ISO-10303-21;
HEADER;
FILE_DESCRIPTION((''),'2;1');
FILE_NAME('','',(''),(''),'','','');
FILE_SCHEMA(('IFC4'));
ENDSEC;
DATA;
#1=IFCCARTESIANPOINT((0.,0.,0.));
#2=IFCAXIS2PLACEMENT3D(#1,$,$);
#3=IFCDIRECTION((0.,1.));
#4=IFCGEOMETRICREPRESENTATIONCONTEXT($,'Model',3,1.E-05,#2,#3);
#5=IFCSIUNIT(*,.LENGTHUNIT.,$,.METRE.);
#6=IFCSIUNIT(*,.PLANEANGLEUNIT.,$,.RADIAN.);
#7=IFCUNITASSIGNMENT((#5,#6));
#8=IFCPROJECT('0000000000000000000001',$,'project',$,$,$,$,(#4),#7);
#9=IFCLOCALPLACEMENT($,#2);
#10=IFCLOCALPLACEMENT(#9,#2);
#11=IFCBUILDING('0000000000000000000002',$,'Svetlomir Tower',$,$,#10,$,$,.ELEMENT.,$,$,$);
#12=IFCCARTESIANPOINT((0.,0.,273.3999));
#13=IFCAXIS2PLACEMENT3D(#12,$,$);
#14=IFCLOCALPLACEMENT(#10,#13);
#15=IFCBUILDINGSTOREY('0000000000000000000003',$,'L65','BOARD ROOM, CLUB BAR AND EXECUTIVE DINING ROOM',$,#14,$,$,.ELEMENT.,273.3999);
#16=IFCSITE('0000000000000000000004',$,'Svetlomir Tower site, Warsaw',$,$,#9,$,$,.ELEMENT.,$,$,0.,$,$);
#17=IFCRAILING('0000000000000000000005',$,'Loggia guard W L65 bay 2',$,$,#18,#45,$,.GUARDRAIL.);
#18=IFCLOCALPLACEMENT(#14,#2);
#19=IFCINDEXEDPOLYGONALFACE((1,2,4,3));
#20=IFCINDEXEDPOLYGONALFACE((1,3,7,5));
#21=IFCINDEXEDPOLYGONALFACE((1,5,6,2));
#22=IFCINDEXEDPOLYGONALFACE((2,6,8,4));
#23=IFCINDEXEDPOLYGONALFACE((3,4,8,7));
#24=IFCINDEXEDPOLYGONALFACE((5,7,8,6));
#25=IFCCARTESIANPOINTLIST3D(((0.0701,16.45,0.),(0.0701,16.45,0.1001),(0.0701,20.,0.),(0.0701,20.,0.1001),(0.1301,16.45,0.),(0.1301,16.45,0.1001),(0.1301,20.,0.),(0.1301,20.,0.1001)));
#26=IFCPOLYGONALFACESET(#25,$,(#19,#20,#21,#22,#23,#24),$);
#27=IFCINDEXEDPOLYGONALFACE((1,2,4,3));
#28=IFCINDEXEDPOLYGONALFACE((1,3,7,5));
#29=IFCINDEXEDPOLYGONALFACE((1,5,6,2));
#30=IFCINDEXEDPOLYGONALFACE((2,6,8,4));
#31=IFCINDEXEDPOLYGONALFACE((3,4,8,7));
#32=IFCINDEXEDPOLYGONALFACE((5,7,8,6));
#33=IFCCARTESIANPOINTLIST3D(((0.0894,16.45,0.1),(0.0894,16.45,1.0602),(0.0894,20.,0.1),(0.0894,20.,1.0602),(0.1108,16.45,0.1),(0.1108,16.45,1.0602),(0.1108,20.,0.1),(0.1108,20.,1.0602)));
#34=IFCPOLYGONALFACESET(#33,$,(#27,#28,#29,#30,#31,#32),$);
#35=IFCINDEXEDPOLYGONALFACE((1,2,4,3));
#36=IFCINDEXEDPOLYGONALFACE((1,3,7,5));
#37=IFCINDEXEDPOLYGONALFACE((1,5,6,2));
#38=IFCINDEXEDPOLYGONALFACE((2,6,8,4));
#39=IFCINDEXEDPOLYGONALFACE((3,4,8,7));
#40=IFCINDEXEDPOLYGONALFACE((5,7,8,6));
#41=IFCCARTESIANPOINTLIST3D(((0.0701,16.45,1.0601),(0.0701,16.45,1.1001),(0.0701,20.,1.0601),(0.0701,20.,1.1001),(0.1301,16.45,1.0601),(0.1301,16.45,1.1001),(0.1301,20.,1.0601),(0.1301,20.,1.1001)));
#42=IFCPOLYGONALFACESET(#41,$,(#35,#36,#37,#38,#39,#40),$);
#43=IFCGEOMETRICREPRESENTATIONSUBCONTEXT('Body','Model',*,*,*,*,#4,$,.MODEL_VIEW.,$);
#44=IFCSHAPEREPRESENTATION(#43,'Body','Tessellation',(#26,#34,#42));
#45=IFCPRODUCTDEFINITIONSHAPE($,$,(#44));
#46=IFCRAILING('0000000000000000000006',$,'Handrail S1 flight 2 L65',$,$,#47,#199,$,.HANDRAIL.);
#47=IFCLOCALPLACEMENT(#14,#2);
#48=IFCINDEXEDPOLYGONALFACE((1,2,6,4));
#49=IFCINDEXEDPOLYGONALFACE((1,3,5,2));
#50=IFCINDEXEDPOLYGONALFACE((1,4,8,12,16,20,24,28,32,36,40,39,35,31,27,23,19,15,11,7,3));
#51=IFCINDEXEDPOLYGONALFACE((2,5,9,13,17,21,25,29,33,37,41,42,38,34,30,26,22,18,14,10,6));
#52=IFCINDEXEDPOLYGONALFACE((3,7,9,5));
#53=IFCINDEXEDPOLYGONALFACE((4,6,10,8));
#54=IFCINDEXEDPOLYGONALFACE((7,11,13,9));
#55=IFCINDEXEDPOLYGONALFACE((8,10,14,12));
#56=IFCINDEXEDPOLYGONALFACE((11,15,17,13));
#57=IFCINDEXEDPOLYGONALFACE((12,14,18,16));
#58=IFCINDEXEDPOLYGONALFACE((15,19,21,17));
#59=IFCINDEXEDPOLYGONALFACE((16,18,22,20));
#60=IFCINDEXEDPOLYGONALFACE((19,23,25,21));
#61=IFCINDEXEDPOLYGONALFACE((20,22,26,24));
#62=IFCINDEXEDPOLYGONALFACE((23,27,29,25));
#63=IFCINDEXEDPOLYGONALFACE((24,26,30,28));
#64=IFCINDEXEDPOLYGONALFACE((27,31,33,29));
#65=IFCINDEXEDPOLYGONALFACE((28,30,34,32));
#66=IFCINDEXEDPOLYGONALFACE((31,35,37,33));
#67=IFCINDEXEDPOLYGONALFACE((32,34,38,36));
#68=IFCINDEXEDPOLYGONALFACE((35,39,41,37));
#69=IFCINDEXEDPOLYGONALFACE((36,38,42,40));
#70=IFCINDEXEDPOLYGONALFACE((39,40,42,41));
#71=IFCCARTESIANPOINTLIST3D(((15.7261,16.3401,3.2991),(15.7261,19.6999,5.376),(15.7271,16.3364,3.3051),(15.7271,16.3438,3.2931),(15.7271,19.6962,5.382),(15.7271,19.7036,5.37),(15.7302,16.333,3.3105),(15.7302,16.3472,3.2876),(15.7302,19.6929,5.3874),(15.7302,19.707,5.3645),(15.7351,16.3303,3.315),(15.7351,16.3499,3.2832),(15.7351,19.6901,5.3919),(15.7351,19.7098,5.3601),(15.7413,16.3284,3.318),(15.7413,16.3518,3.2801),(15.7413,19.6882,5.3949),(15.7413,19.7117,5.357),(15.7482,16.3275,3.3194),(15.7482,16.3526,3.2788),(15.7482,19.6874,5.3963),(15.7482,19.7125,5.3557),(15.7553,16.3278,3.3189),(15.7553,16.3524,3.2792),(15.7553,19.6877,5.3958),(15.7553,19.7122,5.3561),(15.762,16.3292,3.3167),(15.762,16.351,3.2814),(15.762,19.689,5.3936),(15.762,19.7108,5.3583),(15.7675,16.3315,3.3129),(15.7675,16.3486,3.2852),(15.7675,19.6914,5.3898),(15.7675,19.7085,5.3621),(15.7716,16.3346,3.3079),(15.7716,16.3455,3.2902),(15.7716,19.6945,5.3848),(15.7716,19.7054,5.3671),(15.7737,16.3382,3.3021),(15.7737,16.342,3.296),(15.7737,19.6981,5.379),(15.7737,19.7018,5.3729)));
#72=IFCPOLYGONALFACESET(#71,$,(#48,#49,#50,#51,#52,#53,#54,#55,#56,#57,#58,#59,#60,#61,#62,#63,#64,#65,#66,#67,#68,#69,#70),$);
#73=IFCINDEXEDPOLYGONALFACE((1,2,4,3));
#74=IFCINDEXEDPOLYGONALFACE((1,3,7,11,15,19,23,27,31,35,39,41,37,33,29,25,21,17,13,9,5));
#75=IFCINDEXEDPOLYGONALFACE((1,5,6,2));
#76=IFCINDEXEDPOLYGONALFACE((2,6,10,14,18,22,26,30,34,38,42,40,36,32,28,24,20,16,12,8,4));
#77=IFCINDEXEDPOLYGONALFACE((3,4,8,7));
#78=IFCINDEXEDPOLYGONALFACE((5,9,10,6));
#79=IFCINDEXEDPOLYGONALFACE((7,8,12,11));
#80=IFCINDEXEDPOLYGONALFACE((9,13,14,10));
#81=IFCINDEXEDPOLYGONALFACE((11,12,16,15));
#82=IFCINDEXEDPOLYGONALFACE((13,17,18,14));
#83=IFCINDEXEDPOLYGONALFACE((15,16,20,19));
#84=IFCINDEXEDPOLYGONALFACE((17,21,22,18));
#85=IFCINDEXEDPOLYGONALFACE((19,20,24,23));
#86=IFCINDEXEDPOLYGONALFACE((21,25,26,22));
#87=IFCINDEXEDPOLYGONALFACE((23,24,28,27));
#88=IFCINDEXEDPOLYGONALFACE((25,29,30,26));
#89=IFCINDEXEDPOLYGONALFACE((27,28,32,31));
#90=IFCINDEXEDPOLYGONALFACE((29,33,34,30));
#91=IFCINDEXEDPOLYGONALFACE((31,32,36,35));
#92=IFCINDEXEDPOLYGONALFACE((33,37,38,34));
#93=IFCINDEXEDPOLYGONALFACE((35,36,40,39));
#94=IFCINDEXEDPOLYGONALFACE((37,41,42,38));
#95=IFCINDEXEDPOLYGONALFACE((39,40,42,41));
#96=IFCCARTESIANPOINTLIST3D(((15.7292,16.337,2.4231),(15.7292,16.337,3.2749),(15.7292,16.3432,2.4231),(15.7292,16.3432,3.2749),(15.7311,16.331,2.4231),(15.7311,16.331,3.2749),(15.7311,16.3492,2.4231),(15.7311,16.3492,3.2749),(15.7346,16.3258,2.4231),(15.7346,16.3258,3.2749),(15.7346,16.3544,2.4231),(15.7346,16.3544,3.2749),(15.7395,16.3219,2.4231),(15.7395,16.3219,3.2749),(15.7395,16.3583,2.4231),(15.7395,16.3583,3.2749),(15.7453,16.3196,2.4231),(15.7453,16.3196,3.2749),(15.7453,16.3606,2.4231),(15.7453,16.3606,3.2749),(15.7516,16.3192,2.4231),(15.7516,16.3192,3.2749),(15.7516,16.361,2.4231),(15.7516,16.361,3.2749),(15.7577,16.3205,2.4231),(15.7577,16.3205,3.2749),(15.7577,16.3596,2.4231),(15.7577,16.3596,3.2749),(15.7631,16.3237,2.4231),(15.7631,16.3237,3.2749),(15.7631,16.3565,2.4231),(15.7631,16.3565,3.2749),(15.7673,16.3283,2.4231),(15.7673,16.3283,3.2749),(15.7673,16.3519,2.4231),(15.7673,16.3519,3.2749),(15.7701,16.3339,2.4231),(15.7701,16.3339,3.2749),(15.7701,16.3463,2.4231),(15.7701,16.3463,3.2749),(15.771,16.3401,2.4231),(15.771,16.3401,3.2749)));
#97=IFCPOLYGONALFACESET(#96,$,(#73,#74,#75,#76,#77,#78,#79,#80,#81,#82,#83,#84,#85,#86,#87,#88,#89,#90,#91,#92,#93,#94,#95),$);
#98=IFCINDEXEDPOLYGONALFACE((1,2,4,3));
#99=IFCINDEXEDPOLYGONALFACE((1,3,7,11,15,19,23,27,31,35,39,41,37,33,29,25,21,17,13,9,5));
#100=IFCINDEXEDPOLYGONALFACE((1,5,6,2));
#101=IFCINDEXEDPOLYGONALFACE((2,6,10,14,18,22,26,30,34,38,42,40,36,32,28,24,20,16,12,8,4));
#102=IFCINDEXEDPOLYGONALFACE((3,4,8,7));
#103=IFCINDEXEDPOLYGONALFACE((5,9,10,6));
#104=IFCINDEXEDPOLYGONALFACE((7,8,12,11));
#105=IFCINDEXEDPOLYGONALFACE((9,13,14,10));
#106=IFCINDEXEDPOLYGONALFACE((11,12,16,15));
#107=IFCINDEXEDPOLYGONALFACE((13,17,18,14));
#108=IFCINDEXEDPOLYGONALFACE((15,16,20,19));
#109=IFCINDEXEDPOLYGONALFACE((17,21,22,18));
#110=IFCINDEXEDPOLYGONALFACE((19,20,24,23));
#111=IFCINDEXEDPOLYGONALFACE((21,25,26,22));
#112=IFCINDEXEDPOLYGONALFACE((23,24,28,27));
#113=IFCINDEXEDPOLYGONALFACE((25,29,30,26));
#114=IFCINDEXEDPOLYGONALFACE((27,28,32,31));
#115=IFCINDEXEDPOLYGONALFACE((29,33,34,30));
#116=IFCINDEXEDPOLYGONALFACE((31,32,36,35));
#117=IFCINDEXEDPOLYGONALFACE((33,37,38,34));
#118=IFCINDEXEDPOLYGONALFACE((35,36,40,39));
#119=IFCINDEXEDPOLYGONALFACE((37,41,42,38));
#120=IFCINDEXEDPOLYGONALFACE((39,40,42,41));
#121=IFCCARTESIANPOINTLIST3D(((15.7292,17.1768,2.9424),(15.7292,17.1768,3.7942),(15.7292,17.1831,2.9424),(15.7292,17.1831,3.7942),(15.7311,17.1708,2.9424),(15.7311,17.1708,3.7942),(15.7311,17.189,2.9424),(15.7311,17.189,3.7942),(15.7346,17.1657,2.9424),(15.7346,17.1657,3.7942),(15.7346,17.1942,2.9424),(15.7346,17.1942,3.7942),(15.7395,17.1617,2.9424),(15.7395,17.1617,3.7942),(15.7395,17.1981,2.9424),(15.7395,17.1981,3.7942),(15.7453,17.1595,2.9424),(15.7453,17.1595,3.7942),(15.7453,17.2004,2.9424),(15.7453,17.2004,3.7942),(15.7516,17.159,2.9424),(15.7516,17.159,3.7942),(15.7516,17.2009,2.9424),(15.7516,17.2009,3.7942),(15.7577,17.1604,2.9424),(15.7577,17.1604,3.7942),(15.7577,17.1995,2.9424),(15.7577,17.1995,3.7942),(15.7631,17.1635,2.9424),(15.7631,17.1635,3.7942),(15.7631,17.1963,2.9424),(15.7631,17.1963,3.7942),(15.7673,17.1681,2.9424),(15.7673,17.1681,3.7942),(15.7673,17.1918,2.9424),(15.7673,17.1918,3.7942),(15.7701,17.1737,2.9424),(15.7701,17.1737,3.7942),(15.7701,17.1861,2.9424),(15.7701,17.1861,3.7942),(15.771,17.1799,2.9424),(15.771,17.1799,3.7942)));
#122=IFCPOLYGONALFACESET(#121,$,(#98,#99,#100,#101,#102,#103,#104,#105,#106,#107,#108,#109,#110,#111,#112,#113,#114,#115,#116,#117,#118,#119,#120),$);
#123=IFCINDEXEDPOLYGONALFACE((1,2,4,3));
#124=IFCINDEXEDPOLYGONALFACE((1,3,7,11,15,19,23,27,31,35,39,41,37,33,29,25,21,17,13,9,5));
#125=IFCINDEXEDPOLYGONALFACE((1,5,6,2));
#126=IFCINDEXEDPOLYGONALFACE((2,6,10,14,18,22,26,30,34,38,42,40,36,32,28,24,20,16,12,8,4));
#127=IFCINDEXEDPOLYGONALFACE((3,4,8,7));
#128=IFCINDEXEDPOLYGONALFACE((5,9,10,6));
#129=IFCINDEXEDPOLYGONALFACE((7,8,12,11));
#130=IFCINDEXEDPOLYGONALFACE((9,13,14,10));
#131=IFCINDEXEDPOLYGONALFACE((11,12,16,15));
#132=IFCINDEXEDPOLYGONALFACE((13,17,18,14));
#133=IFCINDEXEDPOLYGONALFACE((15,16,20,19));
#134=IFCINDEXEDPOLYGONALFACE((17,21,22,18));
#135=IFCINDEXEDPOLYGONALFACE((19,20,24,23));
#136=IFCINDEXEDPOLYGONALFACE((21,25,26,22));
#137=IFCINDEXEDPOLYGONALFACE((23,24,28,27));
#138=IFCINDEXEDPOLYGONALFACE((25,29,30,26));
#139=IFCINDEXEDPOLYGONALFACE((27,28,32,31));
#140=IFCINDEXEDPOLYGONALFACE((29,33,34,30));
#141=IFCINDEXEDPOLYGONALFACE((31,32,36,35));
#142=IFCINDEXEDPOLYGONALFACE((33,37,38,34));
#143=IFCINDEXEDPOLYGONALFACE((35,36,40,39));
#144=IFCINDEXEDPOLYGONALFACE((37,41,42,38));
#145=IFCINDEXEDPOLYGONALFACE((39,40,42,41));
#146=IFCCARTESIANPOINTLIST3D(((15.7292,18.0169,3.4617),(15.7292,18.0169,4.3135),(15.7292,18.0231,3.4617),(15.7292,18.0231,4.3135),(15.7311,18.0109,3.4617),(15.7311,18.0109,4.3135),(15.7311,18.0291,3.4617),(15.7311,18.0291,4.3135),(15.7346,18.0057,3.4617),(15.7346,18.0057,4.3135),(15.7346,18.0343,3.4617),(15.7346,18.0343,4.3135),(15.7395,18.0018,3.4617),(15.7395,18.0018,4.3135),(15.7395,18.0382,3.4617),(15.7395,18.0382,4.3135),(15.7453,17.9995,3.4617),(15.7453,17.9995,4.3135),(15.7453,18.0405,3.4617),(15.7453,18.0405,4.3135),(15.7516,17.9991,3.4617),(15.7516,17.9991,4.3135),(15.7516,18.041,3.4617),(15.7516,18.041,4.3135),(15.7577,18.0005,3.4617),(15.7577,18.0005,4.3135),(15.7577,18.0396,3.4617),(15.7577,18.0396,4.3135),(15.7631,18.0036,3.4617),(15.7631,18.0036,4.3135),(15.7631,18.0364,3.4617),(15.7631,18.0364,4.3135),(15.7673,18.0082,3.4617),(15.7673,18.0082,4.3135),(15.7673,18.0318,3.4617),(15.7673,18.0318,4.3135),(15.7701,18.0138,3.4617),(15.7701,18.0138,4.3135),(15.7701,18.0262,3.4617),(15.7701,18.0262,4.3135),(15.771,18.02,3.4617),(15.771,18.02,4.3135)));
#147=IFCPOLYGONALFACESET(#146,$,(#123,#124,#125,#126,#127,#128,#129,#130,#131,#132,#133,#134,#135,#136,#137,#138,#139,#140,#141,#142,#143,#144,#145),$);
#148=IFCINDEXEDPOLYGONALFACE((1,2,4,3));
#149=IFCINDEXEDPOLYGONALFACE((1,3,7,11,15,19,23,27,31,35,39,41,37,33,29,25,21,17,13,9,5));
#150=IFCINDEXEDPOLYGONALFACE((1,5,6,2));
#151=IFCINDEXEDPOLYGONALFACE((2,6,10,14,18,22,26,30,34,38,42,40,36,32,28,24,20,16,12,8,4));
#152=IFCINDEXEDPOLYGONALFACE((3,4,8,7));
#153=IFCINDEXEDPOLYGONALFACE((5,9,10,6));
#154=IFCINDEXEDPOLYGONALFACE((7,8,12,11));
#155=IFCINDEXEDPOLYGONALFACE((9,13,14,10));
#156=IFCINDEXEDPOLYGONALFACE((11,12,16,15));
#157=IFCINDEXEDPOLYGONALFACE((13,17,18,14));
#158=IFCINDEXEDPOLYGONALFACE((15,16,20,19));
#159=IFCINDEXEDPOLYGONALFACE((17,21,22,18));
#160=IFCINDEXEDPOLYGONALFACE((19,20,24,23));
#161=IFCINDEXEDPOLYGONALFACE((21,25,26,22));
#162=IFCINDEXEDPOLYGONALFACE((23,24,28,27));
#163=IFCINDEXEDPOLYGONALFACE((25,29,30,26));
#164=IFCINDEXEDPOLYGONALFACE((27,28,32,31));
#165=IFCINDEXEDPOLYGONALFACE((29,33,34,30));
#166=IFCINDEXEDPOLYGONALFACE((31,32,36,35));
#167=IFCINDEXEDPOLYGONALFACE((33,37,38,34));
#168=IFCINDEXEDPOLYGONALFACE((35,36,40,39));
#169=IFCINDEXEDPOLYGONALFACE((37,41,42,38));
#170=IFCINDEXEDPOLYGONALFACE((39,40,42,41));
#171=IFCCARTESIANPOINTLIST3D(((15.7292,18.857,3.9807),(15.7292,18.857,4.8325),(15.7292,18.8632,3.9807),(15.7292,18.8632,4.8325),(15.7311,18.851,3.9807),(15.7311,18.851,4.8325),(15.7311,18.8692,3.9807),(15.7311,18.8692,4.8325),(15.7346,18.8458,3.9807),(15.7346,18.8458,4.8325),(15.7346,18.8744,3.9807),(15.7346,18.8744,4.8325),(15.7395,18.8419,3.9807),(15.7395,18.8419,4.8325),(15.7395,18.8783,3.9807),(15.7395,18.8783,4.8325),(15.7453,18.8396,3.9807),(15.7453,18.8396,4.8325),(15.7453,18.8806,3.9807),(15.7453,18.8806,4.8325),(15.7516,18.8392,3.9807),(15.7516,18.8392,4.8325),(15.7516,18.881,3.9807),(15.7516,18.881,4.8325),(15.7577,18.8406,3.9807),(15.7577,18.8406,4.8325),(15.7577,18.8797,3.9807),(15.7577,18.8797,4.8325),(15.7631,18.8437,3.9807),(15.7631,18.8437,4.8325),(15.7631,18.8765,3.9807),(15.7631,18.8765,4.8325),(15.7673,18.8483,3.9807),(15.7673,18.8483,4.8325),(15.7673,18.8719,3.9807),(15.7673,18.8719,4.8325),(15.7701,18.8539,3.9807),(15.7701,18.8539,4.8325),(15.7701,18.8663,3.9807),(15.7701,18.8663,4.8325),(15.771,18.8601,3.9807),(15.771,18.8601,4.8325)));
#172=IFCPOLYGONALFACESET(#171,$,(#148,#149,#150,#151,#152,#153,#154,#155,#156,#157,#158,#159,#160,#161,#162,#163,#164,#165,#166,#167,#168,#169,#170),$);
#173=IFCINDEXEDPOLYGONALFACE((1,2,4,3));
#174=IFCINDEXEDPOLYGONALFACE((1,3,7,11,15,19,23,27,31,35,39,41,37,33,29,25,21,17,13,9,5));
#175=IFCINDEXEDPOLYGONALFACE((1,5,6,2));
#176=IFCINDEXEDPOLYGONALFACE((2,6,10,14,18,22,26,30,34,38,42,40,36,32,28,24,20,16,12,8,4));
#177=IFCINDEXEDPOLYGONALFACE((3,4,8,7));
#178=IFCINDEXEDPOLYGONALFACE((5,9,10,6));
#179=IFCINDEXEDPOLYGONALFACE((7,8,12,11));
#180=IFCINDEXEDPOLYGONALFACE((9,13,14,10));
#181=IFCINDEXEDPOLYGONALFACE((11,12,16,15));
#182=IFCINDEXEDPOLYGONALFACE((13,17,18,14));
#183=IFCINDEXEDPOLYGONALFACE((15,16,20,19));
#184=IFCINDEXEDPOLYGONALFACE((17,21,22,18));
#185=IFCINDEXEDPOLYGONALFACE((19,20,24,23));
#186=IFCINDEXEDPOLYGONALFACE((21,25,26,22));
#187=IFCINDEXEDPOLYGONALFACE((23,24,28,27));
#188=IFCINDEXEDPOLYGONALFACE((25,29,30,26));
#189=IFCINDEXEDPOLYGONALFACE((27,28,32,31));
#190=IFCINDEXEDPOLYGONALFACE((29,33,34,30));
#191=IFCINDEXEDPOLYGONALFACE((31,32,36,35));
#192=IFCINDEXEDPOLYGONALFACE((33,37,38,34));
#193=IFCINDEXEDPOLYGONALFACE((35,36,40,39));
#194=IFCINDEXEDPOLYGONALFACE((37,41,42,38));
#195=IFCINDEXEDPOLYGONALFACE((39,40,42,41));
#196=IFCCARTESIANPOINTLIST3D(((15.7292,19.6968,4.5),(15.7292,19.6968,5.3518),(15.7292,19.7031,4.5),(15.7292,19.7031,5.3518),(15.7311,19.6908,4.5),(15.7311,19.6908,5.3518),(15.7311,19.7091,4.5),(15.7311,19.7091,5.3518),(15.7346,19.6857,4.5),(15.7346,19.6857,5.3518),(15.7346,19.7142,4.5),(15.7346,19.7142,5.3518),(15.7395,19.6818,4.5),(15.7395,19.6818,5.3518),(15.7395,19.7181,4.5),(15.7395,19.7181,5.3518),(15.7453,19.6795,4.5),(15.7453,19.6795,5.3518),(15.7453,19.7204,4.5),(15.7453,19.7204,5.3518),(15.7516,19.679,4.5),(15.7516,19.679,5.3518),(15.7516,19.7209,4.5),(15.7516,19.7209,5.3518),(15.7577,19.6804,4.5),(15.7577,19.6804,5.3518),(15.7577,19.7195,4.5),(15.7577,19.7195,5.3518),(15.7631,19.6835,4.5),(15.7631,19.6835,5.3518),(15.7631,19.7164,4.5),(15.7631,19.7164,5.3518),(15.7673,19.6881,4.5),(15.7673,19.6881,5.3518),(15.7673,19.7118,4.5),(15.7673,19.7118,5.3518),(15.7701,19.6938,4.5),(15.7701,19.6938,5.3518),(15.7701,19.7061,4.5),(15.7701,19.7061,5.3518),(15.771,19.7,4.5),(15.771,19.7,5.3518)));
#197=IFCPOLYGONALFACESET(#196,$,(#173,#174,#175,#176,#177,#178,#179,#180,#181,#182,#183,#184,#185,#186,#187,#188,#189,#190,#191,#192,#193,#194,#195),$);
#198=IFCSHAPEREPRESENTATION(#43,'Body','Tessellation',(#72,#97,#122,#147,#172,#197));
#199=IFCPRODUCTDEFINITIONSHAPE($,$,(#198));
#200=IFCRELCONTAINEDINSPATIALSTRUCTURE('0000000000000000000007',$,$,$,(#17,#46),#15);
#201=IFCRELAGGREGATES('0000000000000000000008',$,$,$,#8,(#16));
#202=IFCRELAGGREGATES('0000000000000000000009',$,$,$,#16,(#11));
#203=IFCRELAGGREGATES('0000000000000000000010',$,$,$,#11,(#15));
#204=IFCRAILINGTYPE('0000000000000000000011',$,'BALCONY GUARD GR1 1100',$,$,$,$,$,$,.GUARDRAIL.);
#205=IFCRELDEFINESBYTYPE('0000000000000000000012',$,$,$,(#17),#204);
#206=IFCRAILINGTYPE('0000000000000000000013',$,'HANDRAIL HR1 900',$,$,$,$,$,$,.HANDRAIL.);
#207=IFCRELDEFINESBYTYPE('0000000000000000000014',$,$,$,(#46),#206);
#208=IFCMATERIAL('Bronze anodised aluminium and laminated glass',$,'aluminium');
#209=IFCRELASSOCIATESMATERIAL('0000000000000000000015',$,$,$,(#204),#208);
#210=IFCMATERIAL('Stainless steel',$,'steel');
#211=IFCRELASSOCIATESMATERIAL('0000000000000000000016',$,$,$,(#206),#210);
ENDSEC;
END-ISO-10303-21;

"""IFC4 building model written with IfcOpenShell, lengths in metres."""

from ifc_helpers import new_model, si_unit, direction, frame, origin, origin_2d, place, context, subcontext, project, spatial, rectangle, circle, extrude, material, type_object, element, save


model = new_model("IFC4")

# Units and contexts
model_context = context("Model", 3, precision=1e-05, world=origin(), true_north=direction((0.0, 1.0)))
body_context = subcontext(model_context, "Body", "Model", "MODEL_VIEW")
ifc_project = project(units=[si_unit("LENGTHUNIT", "METRE"), si_unit("PLANEANGLEUNIT", "RADIAN")], contexts=[model_context])

# Site, building, storey
site_placement = place(None, origin())
site = spatial("IfcSite", under=ifc_project, at=site_placement, Name="Svetlomir Tower site, Warsaw", CompositionType="ELEMENT", RefElevation=0.0)
building_placement = place(site_placement, origin())
building = spatial("IfcBuilding", under=site, at=building_placement, Name="Svetlomir Tower", CompositionType="ELEMENT")
storey_placement = place(building_placement, frame((0.0, 0.0, 273.3999)))
storey = spatial("IfcBuildingStorey", under=building, at=storey_placement, Name="L65", Description="BOARD ROOM, CLUB BAR AND EXECUTIVE DINING ROOM", CompositionType="ELEMENT", Elevation=273.3999)

# Railings
ifc_material_1 = material(Name="Bronze anodised aluminium and laminated glass", Category="aluminium")
railing_type_1 = type_object("IfcRailingType", Name="BALCONY GUARD GR1 1100", PredefinedType="GUARDRAIL", material=ifc_material_1)
railing_1_placement = place(storey_placement, frame((0.1001, 16.45, 0.0)))
element("IfcRailing", 1, at=railing_1_placement, inside=storey, type_object=railing_type_1, Name="Loggia guard W L65 bay 2", PredefinedType="GUARDRAIL", context=body_context, shape_type="SweptSolid", body=[
    extrude(rectangle(XDim=0.0601, YDim=0.1001, at=origin_2d()), frame((0.0, 0.0, 0.05), z_axis=(0.0, 1.0, 0.0), x_axis=(-1.0, 0.0, 0.0)), (0.0, 0.0, 1.0), 3.55),
    extrude(rectangle(XDim=0.0215, YDim=0.9602, at=origin_2d()), frame((0.0, 0.0, 0.5801), z_axis=(0.0, 1.0, 0.0), x_axis=(-1.0, 0.0, 0.0)), (0.0, 0.0, 1.0), 3.55),
    extrude(rectangle(XDim=0.0601, YDim=0.04, at=origin_2d()), frame((0.0, 0.0, 1.0801), z_axis=(0.0, 1.0, 0.0), x_axis=(-1.0, 0.0, 0.0)), (0.0, 0.0, 1.0), 3.55),
])
ifc_material_2 = material(Name="Stainless steel", Category="steel")
railing_type_2 = type_object("IfcRailingType", Name="HANDRAIL HR1 900", PredefinedType="HANDRAIL", material=ifc_material_2)
railing_2_placement = place(storey_placement, frame((15.75, 16.3401, 2.4231)))
element("IfcRailing", 2, at=railing_2_placement, inside=storey, type_object=railing_type_2, Name="Handrail S1 flight 2 L65", PredefinedType="HANDRAIL", context=body_context, shape_type="SweptSolid", body=[
    extrude(circle(Radius=0.0239, at=origin_2d()), frame((0.0, 0.0, 0.876), z_axis=(0.0, 0.850606, 0.525803), x_axis=(-1.0, 0.0, 0.0)), (0.0, 0.0, 1.0), 3.95),
    extrude(circle(Radius=0.021, at=origin_2d()), origin(), (0.0, 0.0, 1.0), 0.8518),
    extrude(circle(Radius=0.021, at=origin_2d()), frame((0.0, 0.8398, 0.5193)), (0.0, 0.0, 1.0), 0.8518),
    extrude(circle(Radius=0.021, at=origin_2d()), frame((0.0, 1.6799, 1.0386)), (0.0, 0.0, 1.0), 0.8518),
    extrude(circle(Radius=0.021, at=origin_2d()), frame((0.0, 2.52, 1.5576)), (0.0, 0.0, 1.0), 0.8518),
    extrude(circle(Radius=0.021, at=origin_2d()), frame((0.0, 3.3599, 2.0769)), (0.0, 0.0, 1.0), 0.8518),
])

save(model, "model.ifc")
